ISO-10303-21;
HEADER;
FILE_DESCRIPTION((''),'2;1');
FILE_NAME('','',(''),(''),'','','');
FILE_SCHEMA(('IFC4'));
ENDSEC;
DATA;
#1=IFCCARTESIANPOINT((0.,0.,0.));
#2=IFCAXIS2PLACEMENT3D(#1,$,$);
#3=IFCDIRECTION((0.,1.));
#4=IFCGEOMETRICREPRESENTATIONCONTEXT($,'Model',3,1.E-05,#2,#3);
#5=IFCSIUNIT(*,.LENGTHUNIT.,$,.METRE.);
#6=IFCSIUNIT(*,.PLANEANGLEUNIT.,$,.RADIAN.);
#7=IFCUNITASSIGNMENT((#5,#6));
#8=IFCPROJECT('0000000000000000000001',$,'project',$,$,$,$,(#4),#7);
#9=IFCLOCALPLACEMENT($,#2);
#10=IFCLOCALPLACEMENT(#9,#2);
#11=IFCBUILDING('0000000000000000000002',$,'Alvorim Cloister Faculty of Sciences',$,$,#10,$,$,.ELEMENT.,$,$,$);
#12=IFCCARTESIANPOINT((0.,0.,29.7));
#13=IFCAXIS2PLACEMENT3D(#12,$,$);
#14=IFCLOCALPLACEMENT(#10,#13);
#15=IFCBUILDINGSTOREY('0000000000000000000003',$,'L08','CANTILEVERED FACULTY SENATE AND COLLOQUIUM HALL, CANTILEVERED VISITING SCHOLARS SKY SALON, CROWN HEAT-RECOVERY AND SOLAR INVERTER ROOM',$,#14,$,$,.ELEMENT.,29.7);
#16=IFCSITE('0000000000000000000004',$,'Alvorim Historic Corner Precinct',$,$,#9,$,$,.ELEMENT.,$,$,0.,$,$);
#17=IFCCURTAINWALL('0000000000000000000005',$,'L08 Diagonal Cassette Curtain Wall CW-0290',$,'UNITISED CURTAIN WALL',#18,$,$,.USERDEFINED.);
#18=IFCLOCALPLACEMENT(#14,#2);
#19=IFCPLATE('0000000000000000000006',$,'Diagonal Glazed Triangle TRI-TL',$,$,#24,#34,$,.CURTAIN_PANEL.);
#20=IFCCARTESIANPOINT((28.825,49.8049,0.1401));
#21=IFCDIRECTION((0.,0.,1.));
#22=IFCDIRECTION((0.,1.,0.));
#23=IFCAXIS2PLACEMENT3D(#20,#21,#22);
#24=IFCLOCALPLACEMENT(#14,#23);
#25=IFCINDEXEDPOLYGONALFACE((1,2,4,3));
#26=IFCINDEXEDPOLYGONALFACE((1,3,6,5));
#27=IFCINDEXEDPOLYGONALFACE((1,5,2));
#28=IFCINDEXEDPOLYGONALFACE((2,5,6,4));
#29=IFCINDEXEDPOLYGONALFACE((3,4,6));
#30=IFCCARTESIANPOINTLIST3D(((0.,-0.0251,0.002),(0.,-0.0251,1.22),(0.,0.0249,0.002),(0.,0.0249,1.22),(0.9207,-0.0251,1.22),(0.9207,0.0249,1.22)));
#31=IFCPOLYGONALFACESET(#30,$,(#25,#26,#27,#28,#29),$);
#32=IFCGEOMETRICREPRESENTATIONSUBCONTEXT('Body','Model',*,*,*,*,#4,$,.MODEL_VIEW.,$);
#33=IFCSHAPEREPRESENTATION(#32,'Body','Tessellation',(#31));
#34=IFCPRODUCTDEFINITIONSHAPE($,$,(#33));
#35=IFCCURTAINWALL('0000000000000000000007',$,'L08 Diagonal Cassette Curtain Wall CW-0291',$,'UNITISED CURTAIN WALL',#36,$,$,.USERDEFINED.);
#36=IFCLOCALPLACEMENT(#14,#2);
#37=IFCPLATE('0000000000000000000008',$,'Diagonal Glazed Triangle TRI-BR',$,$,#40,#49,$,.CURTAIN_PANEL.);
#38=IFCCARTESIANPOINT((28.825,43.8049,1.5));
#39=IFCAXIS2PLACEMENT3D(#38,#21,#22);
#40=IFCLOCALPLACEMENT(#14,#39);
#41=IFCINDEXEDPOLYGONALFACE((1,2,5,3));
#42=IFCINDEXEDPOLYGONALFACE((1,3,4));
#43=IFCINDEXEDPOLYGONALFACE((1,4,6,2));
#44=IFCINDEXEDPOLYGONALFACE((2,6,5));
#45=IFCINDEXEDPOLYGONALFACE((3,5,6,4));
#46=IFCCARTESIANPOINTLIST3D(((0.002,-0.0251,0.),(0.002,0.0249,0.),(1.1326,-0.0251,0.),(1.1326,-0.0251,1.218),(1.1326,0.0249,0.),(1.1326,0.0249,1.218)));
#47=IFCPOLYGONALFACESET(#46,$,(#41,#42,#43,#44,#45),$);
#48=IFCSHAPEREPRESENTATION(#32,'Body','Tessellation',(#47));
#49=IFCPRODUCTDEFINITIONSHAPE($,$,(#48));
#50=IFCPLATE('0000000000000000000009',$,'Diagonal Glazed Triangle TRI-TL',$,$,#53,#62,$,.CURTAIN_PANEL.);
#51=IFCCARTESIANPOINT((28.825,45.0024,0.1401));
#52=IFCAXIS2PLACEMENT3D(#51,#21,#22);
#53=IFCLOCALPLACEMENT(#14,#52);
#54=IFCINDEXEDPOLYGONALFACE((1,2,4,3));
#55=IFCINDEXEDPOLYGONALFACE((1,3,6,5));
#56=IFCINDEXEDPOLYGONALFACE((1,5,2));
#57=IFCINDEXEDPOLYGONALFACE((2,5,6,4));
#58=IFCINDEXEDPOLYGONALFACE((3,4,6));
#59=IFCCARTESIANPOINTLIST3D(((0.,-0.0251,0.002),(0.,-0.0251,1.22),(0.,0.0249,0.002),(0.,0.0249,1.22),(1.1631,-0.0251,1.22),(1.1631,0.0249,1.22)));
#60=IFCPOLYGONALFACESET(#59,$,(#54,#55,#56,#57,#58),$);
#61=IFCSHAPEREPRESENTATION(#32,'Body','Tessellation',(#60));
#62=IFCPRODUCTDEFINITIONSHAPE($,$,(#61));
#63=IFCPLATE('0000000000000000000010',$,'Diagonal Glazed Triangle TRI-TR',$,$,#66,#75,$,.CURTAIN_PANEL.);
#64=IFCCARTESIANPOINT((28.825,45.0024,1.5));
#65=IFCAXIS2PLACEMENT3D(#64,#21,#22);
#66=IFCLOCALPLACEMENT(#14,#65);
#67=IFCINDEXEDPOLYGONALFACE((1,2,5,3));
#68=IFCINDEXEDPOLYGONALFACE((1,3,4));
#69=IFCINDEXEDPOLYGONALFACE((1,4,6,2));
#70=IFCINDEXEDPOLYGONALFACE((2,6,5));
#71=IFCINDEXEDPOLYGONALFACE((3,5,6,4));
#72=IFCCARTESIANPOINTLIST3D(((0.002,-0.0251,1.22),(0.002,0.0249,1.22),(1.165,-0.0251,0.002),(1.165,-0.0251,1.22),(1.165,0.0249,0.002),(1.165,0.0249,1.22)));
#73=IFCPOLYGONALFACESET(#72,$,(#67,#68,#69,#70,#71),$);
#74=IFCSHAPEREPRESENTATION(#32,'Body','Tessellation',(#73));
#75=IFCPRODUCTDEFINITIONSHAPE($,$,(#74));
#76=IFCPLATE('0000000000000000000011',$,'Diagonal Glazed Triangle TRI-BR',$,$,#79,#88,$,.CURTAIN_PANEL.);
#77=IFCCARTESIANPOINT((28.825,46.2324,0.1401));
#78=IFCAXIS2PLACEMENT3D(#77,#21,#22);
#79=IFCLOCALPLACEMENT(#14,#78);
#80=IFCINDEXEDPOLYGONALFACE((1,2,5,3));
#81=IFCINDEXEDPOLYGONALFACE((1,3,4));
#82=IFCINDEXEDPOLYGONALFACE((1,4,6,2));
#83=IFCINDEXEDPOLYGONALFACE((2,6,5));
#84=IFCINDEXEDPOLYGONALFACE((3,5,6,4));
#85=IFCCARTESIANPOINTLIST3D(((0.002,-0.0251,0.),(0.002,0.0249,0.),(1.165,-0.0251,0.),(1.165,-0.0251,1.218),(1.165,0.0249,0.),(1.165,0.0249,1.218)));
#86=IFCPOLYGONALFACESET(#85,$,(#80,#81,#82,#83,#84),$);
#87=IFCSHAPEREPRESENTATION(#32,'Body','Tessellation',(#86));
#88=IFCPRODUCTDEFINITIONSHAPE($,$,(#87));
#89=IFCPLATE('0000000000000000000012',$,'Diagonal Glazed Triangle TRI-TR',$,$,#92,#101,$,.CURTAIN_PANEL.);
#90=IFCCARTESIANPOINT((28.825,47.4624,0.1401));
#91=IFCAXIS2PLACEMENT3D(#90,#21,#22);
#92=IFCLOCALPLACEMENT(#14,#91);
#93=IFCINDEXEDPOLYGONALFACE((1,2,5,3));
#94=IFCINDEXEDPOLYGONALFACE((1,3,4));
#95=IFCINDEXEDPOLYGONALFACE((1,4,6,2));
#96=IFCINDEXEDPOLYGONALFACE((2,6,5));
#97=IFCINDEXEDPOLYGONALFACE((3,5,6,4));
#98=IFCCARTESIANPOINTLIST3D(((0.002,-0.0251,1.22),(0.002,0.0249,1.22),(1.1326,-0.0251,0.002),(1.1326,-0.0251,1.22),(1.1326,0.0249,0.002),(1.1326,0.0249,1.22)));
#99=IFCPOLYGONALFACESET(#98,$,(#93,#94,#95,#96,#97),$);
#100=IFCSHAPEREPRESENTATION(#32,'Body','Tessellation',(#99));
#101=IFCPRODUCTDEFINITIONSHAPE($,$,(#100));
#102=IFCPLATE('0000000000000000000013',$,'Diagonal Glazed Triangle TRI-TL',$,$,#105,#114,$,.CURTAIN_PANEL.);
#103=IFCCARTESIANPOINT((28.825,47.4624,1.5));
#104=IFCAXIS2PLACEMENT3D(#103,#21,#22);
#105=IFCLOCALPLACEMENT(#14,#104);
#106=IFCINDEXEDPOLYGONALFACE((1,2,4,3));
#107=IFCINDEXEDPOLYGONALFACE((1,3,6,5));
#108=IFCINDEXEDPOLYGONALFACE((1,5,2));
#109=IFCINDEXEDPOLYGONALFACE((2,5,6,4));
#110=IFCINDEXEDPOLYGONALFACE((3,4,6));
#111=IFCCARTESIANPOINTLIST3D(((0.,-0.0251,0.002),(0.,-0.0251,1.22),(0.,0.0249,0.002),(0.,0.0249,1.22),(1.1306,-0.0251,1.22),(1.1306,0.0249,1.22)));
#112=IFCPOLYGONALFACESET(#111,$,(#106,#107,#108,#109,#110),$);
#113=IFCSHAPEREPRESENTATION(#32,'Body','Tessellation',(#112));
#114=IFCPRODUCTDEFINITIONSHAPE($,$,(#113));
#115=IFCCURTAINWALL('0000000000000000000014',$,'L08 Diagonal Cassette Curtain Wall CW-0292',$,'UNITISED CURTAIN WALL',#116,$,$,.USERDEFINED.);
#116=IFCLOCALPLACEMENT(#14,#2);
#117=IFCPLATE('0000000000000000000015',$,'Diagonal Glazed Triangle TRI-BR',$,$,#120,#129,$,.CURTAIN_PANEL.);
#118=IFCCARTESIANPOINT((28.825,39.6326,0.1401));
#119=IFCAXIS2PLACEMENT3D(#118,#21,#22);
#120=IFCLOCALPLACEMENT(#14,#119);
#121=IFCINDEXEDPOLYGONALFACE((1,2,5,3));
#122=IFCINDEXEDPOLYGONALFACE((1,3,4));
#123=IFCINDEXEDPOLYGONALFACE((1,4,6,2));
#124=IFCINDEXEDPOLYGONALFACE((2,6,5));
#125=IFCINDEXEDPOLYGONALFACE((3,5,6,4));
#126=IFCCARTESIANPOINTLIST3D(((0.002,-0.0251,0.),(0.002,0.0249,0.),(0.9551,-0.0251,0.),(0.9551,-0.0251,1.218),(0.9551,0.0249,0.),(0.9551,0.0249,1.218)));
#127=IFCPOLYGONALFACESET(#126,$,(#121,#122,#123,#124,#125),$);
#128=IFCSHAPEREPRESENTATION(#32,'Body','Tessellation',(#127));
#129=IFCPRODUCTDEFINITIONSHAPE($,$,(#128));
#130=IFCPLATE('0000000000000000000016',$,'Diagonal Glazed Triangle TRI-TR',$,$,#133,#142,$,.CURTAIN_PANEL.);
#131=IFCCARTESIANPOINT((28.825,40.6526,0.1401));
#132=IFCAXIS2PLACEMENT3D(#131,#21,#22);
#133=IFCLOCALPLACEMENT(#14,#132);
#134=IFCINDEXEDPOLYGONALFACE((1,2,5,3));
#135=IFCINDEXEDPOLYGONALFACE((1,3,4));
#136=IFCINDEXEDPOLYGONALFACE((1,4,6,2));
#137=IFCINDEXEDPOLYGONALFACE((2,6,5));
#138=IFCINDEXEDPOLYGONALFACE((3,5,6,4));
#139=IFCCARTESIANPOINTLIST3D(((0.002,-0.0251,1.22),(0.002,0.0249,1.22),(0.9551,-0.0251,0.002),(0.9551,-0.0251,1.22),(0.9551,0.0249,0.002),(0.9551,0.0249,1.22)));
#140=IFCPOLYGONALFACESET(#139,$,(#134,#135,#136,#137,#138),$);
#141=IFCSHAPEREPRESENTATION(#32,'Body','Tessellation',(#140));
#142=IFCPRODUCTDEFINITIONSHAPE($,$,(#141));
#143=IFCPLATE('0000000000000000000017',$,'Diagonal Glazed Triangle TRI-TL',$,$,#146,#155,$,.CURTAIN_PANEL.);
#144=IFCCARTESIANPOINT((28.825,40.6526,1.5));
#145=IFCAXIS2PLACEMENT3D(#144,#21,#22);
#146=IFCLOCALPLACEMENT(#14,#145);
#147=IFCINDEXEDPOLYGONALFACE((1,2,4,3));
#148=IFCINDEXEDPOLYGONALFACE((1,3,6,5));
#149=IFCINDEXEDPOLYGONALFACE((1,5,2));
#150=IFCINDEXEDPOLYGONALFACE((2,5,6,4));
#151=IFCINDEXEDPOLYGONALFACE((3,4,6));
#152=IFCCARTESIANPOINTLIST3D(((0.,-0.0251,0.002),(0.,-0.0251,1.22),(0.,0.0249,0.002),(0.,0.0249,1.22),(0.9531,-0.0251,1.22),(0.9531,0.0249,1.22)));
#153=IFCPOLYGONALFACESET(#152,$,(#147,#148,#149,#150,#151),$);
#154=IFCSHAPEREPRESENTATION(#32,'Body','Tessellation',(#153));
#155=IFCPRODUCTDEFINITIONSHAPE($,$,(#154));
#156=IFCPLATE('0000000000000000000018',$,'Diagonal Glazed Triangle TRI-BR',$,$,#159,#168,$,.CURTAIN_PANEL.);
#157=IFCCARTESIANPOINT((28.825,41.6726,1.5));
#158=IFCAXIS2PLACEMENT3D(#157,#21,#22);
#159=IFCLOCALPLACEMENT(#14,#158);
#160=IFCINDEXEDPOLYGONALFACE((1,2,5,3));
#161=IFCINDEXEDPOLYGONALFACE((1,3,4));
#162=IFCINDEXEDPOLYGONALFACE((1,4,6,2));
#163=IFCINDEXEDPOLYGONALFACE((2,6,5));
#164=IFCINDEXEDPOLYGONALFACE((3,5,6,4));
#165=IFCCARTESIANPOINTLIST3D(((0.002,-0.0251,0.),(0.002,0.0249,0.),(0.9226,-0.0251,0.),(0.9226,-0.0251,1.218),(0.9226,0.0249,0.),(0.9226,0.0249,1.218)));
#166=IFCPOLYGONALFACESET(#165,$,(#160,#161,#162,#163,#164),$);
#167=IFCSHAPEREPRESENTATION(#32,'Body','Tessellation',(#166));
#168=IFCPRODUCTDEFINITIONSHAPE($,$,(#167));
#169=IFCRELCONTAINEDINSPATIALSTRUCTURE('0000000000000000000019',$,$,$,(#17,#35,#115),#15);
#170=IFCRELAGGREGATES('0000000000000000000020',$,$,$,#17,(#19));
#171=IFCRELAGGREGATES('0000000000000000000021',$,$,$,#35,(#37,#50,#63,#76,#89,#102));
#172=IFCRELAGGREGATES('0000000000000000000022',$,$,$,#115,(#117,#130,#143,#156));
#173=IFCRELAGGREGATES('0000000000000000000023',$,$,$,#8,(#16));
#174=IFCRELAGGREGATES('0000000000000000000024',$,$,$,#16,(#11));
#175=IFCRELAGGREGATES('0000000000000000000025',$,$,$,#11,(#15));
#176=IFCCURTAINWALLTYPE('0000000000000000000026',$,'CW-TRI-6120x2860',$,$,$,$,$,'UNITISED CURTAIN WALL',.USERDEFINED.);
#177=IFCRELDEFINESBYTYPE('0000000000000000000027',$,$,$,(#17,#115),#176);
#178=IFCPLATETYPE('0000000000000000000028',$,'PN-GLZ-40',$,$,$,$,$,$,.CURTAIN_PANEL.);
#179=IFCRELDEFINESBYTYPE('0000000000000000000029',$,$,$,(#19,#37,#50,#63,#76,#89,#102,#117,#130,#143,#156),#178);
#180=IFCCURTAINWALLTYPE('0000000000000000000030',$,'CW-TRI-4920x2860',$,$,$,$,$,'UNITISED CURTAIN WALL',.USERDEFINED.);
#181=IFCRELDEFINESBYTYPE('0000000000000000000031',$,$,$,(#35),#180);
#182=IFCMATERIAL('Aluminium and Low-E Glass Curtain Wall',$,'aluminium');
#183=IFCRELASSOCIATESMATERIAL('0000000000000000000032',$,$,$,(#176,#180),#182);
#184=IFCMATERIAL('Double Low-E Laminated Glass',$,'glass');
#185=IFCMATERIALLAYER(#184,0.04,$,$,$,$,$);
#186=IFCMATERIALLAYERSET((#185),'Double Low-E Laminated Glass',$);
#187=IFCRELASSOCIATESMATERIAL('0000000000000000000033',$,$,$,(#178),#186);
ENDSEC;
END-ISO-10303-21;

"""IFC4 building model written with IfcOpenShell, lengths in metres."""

from ifc_helpers import new_model, si_unit, direction, frame, origin, place, context, subcontext, project, spatial, polyline, outline, extrude, material, layer, layer_set, type_object, element, aggregate, save


model = new_model("IFC4")

# Units and contexts
model_context = context("Model", 3, precision=1e-05, world=origin(), true_north=direction((0.0, 1.0)))
body_context = subcontext(model_context, "Body", "Model", "MODEL_VIEW")
ifc_project = project(units=[si_unit("LENGTHUNIT", "METRE"), si_unit("PLANEANGLEUNIT", "RADIAN")], contexts=[model_context])

# Site, building, storey
site_placement = place(None, origin())
site = spatial("IfcSite", under=ifc_project, at=site_placement, Name="Alvorim Historic Corner Precinct", CompositionType="ELEMENT", RefElevation=0.0)
building_placement = place(site_placement, origin())
building = spatial("IfcBuilding", under=site, at=building_placement, Name="Alvorim Cloister Faculty of Sciences", CompositionType="ELEMENT")
storey_placement = place(building_placement, frame((0.0, 0.0, 29.7)))
storey = spatial("IfcBuildingStorey", under=building, at=storey_placement, Name="L08", Description="CANTILEVERED FACULTY SENATE AND COLLOQUIUM HALL, CANTILEVERED VISITING SCHOLARS SKY SALON, CROWN HEAT-RECOVERY AND SOLAR INVERTER ROOM", CompositionType="ELEMENT", Elevation=29.7)

# Curtain wall, plate
ifc_material_1 = material(Name="Aluminium and Low-E Glass Curtain Wall", Category="aluminium")
curtain_wall_type_1 = type_object("IfcCurtainWallType", Name="CW-TRI-6120x2860", ElementType="UNITISED CURTAIN WALL", PredefinedType="USERDEFINED", material=ifc_material_1)
curtain_wall_1_placement = place(storey_placement, origin())
curtain_wall_1 = element("IfcCurtainWall", 1, at=curtain_wall_1_placement, inside=storey, type_object=curtain_wall_type_1, Name="L08 Diagonal Cassette Curtain Wall CW-0290", ObjectType="UNITISED CURTAIN WALL", PredefinedType="USERDEFINED")
ifc_material_2 = material(Name="Double Low-E Laminated Glass", Category="glass")
ifc_layer_1 = layer(ifc_material_2, 0.04)
ifc_layer_set_1 = layer_set([ifc_layer_1], Name="Double Low-E Laminated Glass")
plate_type = type_object("IfcPlateType", Name="PN-GLZ-40", PredefinedType="CURTAIN_PANEL", material=ifc_layer_set_1)
plate_1_placement = place(storey_placement, frame((28.825, 49.8049, 0.1401), z_axis=(0.0, 0.0, 1.0), x_axis=(0.0, 1.0, 0.0)))
plate_1 = element("IfcPlate", 2, at=plate_1_placement, type_object=plate_type, Name="Diagonal Glazed Triangle TRI-TL", PredefinedType="CURTAIN_PANEL", context=body_context, shape_type="SweptSolid", body=[
    extrude(outline(polyline([(0.9207, 1.22), (0.0, 1.22), (0.0, 0.002), (0.9207, 1.22)])), frame((0.0, 0.0249, 0.0), z_axis=(0.0, -1.0, 0.0), x_axis=(1.0, 0.0, 0.0)), (0.0, 0.0, 1.0), 0.05),
])
aggregate(curtain_wall_1, [plate_1])

# Curtain walls, plates
curtain_wall_type_2 = type_object("IfcCurtainWallType", Name="CW-TRI-4920x2860", ElementType="UNITISED CURTAIN WALL", PredefinedType="USERDEFINED", material=ifc_material_1)
curtain_wall_2_placement = place(storey_placement, origin())
curtain_wall_2 = element("IfcCurtainWall", 3, at=curtain_wall_2_placement, inside=storey, type_object=curtain_wall_type_2, Name="L08 Diagonal Cassette Curtain Wall CW-0291", ObjectType="UNITISED CURTAIN WALL", PredefinedType="USERDEFINED")
plate_2_placement = place(storey_placement, frame((28.825, 43.8049, 1.5), z_axis=(0.0, 0.0, 1.0), x_axis=(0.0, 1.0, 0.0)))
plate_2 = element("IfcPlate", 4, at=plate_2_placement, type_object=plate_type, Name="Diagonal Glazed Triangle TRI-BR", PredefinedType="CURTAIN_PANEL", context=body_context, shape_type="SweptSolid", body=[
    extrude(outline(polyline([(0.002, 0.0), (1.1326, 0.0), (1.1326, 1.218), (0.002, 0.0)])), frame((0.0, 0.0249, 0.0), z_axis=(0.0, -1.0, 0.0), x_axis=(1.0, 0.0, 0.0)), (0.0, 0.0, 1.0), 0.05),
])
plate_3_placement = place(storey_placement, frame((28.825, 45.0024, 0.1401), z_axis=(0.0, 0.0, 1.0), x_axis=(0.0, 1.0, 0.0)))
plate_3 = element("IfcPlate", 5, at=plate_3_placement, type_object=plate_type, Name="Diagonal Glazed Triangle TRI-TL", PredefinedType="CURTAIN_PANEL", context=body_context, shape_type="SweptSolid", body=[
    extrude(outline(polyline([(1.1631, 1.22), (0.0, 1.22), (0.0, 0.002), (1.1631, 1.22)])), frame((0.0, 0.0249, 0.0), z_axis=(0.0, -1.0, 0.0), x_axis=(1.0, 0.0, 0.0)), (0.0, 0.0, 1.0), 0.05),
])
plate_4_placement = place(storey_placement, frame((28.825, 45.0024, 1.5), z_axis=(0.0, 0.0, 1.0), x_axis=(0.0, 1.0, 0.0)))
plate_4 = element("IfcPlate", 6, at=plate_4_placement, type_object=plate_type, Name="Diagonal Glazed Triangle TRI-TR", PredefinedType="CURTAIN_PANEL", context=body_context, shape_type="SweptSolid", body=[
    extrude(outline(polyline([(1.165, 0.002), (1.165, 1.22), (0.002, 1.22), (1.165, 0.002)])), frame((0.0, 0.0249, 0.0), z_axis=(0.0, -1.0, 0.0), x_axis=(1.0, 0.0, 0.0)), (0.0, 0.0, 1.0), 0.05),
])
plate_5_placement = place(storey_placement, frame((28.825, 46.2324, 0.1401), z_axis=(0.0, 0.0, 1.0), x_axis=(0.0, 1.0, 0.0)))
plate_5 = element("IfcPlate", 7, at=plate_5_placement, type_object=plate_type, Name="Diagonal Glazed Triangle TRI-BR", PredefinedType="CURTAIN_PANEL", context=body_context, shape_type="SweptSolid", body=[
    extrude(outline(polyline([(0.002, 0.0), (1.165, 0.0), (1.165, 1.218), (0.002, 0.0)])), frame((0.0, 0.0249, 0.0), z_axis=(0.0, -1.0, 0.0), x_axis=(1.0, 0.0, 0.0)), (0.0, 0.0, 1.0), 0.05),
])
plate_6_placement = place(storey_placement, frame((28.825, 47.4624, 0.1401), z_axis=(0.0, 0.0, 1.0), x_axis=(0.0, 1.0, 0.0)))
plate_6 = element("IfcPlate", 8, at=plate_6_placement, type_object=plate_type, Name="Diagonal Glazed Triangle TRI-TR", PredefinedType="CURTAIN_PANEL", context=body_context, shape_type="SweptSolid", body=[
    extrude(outline(polyline([(1.1326, 0.002), (1.1326, 1.22), (0.002, 1.22), (1.1326, 0.002)])), frame((0.0, 0.0249, 0.0), z_axis=(0.0, -1.0, 0.0), x_axis=(1.0, 0.0, 0.0)), (0.0, 0.0, 1.0), 0.05),
])
plate_7_placement = place(storey_placement, frame((28.825, 47.4624, 1.5), z_axis=(0.0, 0.0, 1.0), x_axis=(0.0, 1.0, 0.0)))
plate_7 = element("IfcPlate", 9, at=plate_7_placement, type_object=plate_type, Name="Diagonal Glazed Triangle TRI-TL", PredefinedType="CURTAIN_PANEL", context=body_context, shape_type="SweptSolid", body=[
    extrude(outline(polyline([(1.1306, 1.22), (0.0, 1.22), (0.0, 0.002), (1.1306, 1.22)])), frame((0.0, 0.0249, 0.0), z_axis=(0.0, -1.0, 0.0), x_axis=(1.0, 0.0, 0.0)), (0.0, 0.0, 1.0), 0.05),
])
aggregate(curtain_wall_2, [plate_2, plate_3, plate_4, plate_5, plate_6, plate_7])
curtain_wall_3_placement = place(storey_placement, origin())
curtain_wall_3 = element("IfcCurtainWall", 10, at=curtain_wall_3_placement, inside=storey, type_object=curtain_wall_type_1, Name="L08 Diagonal Cassette Curtain Wall CW-0292", ObjectType="UNITISED CURTAIN WALL", PredefinedType="USERDEFINED")
plate_8_placement = place(storey_placement, frame((28.825, 39.6326, 0.1401), z_axis=(0.0, 0.0, 1.0), x_axis=(0.0, 1.0, 0.0)))
plate_8 = element("IfcPlate", 11, at=plate_8_placement, type_object=plate_type, Name="Diagonal Glazed Triangle TRI-BR", PredefinedType="CURTAIN_PANEL", context=body_context, shape_type="SweptSolid", body=[
    extrude(outline(polyline([(0.002, 0.0), (0.9551, 0.0), (0.9551, 1.218), (0.002, 0.0)])), frame((0.0, 0.0249, 0.0), z_axis=(0.0, -1.0, 0.0), x_axis=(1.0, 0.0, 0.0)), (0.0, 0.0, 1.0), 0.05),
])
plate_9_placement = place(storey_placement, frame((28.825, 40.6526, 0.1401), z_axis=(0.0, 0.0, 1.0), x_axis=(0.0, 1.0, 0.0)))
plate_9 = element("IfcPlate", 12, at=plate_9_placement, type_object=plate_type, Name="Diagonal Glazed Triangle TRI-TR", PredefinedType="CURTAIN_PANEL", context=body_context, shape_type="SweptSolid", body=[
    extrude(outline(polyline([(0.9551, 0.002), (0.9551, 1.22), (0.002, 1.22), (0.9551, 0.002)])), frame((0.0, 0.0249, 0.0), z_axis=(0.0, -1.0, 0.0), x_axis=(1.0, 0.0, 0.0)), (0.0, 0.0, 1.0), 0.05),
])
plate_10_placement = place(storey_placement, frame((28.825, 40.6526, 1.5), z_axis=(0.0, 0.0, 1.0), x_axis=(0.0, 1.0, 0.0)))
plate_10 = element("IfcPlate", 13, at=plate_10_placement, type_object=plate_type, Name="Diagonal Glazed Triangle TRI-TL", PredefinedType="CURTAIN_PANEL", context=body_context, shape_type="SweptSolid", body=[
    extrude(outline(polyline([(0.9531, 1.22), (0.0, 1.22), (0.0, 0.002), (0.9531, 1.22)])), frame((0.0, 0.0249, 0.0), z_axis=(0.0, -1.0, 0.0), x_axis=(1.0, 0.0, 0.0)), (0.0, 0.0, 1.0), 0.05),
])
plate_11_placement = place(storey_placement, frame((28.825, 41.6726, 1.5), z_axis=(0.0, 0.0, 1.0), x_axis=(0.0, 1.0, 0.0)))
plate_11 = element("IfcPlate", 14, at=plate_11_placement, type_object=plate_type, Name="Diagonal Glazed Triangle TRI-BR", PredefinedType="CURTAIN_PANEL", context=body_context, shape_type="SweptSolid", body=[
    extrude(outline(polyline([(0.002, 0.0), (0.9226, 0.0), (0.9226, 1.218), (0.002, 0.0)])), frame((0.0, 0.0249, 0.0), z_axis=(0.0, -1.0, 0.0), x_axis=(1.0, 0.0, 0.0)), (0.0, 0.0, 1.0), 0.05),
])
aggregate(curtain_wall_3, [plate_8, plate_9, plate_10, plate_11])

save(model, "model.ifc")
